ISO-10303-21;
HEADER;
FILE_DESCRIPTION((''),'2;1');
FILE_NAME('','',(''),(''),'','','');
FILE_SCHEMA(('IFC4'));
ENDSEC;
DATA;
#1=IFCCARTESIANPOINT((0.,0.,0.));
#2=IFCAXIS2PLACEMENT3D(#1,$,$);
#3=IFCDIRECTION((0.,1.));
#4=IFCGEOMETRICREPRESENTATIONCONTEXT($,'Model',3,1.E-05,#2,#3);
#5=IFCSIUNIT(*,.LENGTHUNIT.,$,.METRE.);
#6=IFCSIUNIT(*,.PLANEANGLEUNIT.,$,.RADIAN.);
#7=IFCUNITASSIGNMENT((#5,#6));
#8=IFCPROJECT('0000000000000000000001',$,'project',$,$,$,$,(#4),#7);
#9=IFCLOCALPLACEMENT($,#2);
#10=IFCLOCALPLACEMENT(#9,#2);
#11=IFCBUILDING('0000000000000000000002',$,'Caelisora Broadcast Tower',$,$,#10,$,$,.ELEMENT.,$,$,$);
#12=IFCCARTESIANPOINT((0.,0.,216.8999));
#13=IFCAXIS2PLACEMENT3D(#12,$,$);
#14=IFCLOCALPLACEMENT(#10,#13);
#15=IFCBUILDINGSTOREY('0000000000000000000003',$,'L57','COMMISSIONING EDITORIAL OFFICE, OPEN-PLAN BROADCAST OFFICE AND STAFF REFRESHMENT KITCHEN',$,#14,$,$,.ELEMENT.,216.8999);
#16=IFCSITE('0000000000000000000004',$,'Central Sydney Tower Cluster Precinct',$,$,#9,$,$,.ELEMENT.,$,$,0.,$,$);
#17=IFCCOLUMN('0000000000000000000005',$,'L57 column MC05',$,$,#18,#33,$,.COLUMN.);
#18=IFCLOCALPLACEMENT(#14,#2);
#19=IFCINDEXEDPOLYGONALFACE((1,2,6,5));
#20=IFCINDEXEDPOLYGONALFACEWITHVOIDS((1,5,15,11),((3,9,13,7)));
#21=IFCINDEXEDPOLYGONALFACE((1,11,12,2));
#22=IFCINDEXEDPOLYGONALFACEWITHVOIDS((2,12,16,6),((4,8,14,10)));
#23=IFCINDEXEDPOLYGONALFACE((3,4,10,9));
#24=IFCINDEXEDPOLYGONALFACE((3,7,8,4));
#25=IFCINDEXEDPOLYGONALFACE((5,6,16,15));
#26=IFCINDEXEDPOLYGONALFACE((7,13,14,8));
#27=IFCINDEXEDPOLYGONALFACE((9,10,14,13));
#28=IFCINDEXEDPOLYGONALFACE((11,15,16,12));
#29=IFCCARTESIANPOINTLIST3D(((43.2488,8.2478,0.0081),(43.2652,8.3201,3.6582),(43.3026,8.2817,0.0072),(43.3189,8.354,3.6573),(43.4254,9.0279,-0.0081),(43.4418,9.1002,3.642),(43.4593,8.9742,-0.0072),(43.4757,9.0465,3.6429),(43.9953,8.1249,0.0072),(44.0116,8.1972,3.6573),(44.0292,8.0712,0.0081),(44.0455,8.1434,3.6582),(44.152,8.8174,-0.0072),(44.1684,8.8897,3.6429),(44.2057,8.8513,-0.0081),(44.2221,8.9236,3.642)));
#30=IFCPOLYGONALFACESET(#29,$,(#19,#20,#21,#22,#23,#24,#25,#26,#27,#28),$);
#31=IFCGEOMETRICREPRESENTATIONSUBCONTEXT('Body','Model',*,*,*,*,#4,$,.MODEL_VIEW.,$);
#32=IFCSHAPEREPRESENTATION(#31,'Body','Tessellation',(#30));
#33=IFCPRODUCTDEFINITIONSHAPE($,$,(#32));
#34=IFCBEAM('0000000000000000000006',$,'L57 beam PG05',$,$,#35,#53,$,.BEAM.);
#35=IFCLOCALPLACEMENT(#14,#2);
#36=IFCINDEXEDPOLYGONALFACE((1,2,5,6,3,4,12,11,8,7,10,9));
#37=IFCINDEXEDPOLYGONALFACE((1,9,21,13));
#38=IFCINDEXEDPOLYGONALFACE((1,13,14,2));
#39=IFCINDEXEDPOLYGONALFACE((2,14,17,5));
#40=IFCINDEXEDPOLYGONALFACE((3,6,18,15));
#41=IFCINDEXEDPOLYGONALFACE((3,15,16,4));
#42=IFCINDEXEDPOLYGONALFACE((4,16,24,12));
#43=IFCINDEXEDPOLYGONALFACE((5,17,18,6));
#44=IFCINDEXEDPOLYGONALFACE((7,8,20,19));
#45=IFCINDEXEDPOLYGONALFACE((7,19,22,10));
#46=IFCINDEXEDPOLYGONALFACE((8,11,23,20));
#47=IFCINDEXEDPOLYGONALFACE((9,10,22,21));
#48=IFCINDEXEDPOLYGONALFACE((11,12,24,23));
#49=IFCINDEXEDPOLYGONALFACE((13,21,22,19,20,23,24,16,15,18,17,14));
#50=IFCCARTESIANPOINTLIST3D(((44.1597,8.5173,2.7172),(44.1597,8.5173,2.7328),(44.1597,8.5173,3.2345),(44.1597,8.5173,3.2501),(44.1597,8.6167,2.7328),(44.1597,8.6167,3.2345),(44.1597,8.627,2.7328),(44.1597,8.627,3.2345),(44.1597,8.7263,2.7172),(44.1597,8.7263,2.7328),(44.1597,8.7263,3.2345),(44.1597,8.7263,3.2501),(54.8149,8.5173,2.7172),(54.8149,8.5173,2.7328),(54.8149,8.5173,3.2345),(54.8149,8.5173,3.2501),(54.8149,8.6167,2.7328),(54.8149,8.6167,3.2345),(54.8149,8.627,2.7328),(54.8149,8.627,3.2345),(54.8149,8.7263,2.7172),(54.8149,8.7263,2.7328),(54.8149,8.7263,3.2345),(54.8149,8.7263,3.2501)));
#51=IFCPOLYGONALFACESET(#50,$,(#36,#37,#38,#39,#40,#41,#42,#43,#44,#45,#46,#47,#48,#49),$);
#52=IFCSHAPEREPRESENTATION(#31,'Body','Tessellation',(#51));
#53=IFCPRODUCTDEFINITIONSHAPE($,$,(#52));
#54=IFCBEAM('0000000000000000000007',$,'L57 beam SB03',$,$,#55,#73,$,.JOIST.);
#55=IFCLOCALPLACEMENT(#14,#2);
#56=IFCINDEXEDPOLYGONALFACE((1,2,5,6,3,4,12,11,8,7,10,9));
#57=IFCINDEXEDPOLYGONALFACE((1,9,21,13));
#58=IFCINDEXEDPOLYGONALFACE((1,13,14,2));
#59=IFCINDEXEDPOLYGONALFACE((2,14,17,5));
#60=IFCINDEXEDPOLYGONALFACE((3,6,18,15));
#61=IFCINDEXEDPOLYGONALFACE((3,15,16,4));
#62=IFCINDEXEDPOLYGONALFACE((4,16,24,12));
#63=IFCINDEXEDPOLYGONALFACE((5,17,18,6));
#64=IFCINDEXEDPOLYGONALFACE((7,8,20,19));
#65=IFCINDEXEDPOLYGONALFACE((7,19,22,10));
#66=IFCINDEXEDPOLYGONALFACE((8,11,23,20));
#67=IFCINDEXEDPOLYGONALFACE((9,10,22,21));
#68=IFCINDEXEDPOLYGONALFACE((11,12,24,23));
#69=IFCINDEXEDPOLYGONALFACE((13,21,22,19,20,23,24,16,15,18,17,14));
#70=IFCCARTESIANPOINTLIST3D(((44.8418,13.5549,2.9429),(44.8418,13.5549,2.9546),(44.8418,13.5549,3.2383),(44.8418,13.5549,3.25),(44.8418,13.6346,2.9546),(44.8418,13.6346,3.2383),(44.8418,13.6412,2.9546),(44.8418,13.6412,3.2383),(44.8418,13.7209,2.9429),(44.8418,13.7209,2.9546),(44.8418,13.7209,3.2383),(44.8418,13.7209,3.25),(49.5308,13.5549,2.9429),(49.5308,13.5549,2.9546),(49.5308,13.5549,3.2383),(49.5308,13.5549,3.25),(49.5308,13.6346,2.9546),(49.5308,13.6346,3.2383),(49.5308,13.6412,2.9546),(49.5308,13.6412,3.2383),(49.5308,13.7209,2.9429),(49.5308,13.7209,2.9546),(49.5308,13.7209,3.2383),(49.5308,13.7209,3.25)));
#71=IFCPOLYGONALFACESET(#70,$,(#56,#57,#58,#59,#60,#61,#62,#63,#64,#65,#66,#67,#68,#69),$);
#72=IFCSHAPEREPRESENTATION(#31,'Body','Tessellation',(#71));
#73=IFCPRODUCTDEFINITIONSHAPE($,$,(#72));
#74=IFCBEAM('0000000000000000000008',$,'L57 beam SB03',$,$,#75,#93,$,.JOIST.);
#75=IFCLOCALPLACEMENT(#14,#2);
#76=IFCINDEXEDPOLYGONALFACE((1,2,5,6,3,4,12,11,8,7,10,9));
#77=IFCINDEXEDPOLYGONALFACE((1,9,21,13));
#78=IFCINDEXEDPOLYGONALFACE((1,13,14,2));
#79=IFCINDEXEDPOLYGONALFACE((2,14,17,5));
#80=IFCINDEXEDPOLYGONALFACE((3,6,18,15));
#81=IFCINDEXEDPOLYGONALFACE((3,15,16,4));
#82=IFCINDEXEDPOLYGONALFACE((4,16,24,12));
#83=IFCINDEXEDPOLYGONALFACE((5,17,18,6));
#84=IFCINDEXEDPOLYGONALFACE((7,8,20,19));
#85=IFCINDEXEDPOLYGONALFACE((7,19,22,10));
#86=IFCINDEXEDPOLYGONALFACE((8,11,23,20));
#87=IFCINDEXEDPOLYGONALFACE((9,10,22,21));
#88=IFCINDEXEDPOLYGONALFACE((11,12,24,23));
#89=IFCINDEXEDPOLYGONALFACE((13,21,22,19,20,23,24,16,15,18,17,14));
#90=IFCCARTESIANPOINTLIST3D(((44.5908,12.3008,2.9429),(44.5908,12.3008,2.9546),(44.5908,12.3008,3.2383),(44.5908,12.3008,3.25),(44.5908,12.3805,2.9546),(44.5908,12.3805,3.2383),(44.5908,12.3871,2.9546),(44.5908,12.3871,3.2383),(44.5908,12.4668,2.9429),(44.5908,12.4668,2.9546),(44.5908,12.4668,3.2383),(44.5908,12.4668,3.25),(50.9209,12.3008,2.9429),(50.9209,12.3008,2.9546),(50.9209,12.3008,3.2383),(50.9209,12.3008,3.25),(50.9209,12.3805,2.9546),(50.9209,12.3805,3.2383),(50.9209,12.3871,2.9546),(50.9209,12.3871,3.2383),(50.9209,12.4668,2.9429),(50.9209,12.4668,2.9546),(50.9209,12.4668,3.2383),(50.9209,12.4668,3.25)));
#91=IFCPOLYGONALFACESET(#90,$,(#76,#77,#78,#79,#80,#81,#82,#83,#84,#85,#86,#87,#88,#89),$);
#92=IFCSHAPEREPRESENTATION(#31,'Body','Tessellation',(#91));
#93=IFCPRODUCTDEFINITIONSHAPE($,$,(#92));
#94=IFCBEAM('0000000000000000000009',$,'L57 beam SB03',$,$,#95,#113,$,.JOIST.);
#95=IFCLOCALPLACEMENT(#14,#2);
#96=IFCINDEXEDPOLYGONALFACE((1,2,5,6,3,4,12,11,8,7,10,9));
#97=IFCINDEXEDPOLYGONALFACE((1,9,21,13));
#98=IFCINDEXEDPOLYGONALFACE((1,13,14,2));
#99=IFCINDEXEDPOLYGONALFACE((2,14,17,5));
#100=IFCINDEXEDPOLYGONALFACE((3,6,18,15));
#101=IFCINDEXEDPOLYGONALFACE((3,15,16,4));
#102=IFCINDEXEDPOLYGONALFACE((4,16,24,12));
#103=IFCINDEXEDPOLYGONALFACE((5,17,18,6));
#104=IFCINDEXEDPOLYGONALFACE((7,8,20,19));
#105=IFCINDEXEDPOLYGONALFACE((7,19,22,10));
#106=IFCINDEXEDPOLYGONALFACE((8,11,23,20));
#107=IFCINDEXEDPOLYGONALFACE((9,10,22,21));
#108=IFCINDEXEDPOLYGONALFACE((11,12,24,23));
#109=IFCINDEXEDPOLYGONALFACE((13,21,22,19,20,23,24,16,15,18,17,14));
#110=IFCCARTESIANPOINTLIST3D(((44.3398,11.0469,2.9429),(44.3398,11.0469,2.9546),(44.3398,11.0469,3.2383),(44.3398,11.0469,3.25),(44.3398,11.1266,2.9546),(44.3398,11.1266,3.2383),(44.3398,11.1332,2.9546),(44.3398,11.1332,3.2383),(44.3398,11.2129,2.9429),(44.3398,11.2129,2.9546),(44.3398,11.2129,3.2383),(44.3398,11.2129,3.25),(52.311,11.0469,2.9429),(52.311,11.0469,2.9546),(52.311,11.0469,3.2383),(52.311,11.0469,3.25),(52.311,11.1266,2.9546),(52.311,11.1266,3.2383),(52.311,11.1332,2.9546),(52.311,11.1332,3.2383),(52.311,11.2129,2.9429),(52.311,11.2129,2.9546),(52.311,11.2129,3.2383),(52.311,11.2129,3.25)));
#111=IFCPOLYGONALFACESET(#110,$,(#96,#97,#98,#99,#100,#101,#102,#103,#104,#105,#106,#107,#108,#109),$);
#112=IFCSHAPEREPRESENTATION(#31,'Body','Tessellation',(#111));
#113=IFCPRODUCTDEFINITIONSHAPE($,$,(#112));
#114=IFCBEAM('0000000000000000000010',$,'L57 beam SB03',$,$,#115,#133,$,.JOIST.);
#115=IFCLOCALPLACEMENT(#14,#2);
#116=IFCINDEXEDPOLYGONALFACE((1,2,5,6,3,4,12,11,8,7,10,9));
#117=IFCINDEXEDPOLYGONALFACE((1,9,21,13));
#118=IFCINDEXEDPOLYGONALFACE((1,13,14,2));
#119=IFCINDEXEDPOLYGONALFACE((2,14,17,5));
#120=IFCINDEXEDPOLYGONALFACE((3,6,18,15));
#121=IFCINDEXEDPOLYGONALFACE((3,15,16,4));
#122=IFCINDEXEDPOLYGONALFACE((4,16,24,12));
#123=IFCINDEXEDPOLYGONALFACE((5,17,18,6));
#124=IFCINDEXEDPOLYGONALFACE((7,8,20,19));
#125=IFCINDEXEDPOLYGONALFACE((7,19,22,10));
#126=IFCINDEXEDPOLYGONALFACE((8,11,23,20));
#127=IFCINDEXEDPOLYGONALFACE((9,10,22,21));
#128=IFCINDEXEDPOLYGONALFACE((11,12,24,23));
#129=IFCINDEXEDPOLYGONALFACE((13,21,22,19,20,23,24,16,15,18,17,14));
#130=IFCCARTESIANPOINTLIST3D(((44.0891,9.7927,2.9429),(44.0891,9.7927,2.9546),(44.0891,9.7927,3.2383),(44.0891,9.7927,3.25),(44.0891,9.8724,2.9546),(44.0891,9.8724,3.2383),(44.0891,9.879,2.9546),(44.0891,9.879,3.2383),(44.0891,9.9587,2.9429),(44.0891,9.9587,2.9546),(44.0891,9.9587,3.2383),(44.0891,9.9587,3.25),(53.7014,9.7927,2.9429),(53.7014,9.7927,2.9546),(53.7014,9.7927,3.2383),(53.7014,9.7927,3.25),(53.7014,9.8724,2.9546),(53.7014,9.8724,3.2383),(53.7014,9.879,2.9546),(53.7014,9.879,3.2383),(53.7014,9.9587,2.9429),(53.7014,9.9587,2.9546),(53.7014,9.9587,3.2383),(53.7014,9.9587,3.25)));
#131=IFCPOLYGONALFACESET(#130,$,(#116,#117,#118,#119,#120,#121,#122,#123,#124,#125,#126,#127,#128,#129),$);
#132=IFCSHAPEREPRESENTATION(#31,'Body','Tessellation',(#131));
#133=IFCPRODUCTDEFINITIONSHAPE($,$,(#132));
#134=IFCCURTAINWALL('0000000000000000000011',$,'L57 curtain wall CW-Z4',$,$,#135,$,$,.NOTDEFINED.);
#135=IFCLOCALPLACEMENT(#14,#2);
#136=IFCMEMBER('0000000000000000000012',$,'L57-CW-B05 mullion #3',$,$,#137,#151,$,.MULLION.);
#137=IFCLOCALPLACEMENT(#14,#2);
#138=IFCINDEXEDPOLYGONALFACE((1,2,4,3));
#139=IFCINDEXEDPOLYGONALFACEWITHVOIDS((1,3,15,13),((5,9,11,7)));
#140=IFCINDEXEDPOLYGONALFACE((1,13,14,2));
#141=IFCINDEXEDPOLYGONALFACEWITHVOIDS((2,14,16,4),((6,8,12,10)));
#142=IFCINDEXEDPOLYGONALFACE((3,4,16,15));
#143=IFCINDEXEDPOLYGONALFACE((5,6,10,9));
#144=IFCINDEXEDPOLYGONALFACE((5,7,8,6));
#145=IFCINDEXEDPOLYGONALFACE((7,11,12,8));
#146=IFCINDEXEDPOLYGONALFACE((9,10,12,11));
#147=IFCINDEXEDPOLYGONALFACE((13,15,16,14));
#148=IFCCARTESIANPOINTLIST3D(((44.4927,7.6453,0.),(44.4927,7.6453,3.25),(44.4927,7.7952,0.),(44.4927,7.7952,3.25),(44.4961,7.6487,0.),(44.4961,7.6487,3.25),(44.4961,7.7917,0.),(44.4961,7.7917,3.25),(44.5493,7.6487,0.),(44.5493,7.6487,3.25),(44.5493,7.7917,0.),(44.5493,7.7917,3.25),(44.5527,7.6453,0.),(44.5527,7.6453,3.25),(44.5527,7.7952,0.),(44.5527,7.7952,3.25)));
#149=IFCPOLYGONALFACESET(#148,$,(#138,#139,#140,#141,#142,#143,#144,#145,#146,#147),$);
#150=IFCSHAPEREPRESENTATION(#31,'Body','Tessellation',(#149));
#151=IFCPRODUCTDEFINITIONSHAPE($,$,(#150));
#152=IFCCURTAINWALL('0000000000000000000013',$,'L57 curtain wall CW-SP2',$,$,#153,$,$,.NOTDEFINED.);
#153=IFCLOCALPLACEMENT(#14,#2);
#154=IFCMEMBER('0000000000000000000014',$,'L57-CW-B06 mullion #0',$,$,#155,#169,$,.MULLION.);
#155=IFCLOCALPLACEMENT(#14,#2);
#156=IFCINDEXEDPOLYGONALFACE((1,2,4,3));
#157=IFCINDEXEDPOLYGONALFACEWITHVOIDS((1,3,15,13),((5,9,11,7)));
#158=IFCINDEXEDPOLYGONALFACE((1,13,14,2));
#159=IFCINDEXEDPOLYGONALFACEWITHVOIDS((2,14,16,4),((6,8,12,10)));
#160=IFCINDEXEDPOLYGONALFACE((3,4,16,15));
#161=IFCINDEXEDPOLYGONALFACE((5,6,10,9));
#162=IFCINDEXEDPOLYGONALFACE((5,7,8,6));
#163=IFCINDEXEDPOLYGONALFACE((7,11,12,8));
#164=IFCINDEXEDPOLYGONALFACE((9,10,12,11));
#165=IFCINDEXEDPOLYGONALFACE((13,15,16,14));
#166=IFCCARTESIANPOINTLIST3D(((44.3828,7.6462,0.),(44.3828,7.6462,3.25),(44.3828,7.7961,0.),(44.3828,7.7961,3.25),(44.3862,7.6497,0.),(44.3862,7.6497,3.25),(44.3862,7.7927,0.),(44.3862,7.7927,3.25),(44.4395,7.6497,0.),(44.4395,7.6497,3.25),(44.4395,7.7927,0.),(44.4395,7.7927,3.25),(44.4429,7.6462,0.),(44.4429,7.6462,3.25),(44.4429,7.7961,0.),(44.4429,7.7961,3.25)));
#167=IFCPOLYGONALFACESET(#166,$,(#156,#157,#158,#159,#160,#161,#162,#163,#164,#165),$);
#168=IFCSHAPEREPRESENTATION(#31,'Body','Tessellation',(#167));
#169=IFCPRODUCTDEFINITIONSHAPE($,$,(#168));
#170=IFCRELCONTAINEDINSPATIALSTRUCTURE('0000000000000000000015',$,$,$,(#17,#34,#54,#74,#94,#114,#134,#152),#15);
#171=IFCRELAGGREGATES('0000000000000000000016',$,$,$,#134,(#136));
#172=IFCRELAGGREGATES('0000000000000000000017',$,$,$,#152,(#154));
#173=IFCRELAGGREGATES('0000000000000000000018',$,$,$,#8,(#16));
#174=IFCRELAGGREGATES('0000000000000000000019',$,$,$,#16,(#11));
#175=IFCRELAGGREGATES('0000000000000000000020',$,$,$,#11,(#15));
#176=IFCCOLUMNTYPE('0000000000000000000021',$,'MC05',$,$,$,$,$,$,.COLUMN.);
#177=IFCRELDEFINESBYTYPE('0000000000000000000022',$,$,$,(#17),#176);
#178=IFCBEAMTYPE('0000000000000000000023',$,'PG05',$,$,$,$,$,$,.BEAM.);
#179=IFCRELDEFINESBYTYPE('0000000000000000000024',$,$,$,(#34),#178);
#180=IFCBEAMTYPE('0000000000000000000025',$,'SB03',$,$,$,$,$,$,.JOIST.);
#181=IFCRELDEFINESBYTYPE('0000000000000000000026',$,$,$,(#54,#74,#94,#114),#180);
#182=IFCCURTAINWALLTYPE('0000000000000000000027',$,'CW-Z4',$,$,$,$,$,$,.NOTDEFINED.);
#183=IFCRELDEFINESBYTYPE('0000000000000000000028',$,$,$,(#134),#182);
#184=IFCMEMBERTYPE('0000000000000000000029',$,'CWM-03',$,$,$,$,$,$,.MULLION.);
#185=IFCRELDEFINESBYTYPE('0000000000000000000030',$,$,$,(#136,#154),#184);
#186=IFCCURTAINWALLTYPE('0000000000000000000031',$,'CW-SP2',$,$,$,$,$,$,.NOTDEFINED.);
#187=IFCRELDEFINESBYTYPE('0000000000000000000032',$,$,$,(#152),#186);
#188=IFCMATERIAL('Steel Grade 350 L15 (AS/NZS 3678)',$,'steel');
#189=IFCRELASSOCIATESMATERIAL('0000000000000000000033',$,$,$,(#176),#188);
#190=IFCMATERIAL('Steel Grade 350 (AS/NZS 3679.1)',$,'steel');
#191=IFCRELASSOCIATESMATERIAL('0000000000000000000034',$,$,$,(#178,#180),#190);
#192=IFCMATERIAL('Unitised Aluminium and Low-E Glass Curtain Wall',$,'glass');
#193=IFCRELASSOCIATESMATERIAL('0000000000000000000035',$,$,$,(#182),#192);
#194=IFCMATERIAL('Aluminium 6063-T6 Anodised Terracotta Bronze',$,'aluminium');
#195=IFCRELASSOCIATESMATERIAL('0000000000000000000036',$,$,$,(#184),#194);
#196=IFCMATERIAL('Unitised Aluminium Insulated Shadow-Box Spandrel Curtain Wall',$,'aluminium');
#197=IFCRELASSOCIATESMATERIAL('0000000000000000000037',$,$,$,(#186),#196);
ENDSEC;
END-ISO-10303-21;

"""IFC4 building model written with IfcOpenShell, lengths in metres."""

from ifc_helpers import new_model, si_unit, direction, frame, origin, origin_2d, place, context, subcontext, project, spatial, hollow_rectangle, i_section, extrude, source, transform, mapped, material, material_profile, profile_set, type_object, type_shapes, element, aggregate, save


model = new_model("IFC4")

# Units and contexts
model_context = context("Model", 3, precision=1e-05, world=origin(), true_north=direction((0.0, 1.0)))
body_context = subcontext(model_context, "Body", "Model", "MODEL_VIEW")
ifc_project = project(units=[si_unit("LENGTHUNIT", "METRE"), si_unit("PLANEANGLEUNIT", "RADIAN")], contexts=[model_context])

# Site, building, storey
site_placement = place(None, origin())
site = spatial("IfcSite", under=ifc_project, at=site_placement, Name="Central Sydney Tower Cluster Precinct", CompositionType="ELEMENT", RefElevation=0.0)
building_placement = place(site_placement, origin())
building = spatial("IfcBuilding", under=site, at=building_placement, Name="Caelisora Broadcast Tower", CompositionType="ELEMENT")
storey_placement = place(building_placement, frame((0.0, 0.0, 216.8999)))
storey = spatial("IfcBuildingStorey", under=building, at=storey_placement, Name="L57", Description="COMMISSIONING EDITORIAL OFFICE, OPEN-PLAN BROADCAST OFFICE AND STAFF REFRESHMENT KITCHEN", CompositionType="ELEMENT", Elevation=216.8999)

# Column
ifc_material_1 = material(Name="Steel Grade 350 L15 (AS/NZS 3678)", Category="steel")
ifc_material_profile_1 = material_profile(ifc_material_1, hollow_rectangle(XDim=0.8, YDim=0.8, WallThickness=0.0449, at=origin_2d()), Name="Steel Grade 350 L15 (AS/NZS 3678)")
ifc_profile_set_1 = profile_set([ifc_material_profile_1], Name="Steel Grade 350 L15 (AS/NZS 3678)")
column_type = type_object("IfcColumnType", Name="MC05", PredefinedType="COLUMN", material=ifc_profile_set_1)
shared_shape_1 = source(origin(), body_context, "Body", "SweptSolid", [
    extrude(hollow_rectangle(XDim=0.8, YDim=0.8, WallThickness=0.0449, at=origin_2d()), origin(), (0.0, 0.0, 1.0), 3.6509),
])
type_shapes(column_type, [shared_shape_1])
column_placement = place(storey_placement, frame((43.7273, 8.5496, 0.0), z_axis=(0.00448, 0.019794, 0.999794), x_axis=(-0.975327, 0.220767, 0.0)))
element("IfcColumn", 1, at=column_placement, inside=storey, type_object=column_type, Name="L57 column MC05", PredefinedType="COLUMN", context=body_context, shape_type="MappedRepresentation", body=[
    mapped(shared_shape_1, transform((0.0, 0.0, 0.0), scale=1.0)),
])

# Beams
ifc_material_2 = material(Name="Steel Grade 350 (AS/NZS 3679.1)", Category="steel")
ifc_material_profile_2 = material_profile(ifc_material_2, i_section(OverallWidth=0.209, OverallDepth=0.533, WebThickness=0.0103, FlangeThickness=0.0156, at=origin_2d()), Name="Steel Grade 350 (AS/NZS 3679.1)")
ifc_profile_set_2 = profile_set([ifc_material_profile_2], Name="Steel Grade 350 (AS/NZS 3679.1)")
beam_type_1 = type_object("IfcBeamType", Name="PG05", PredefinedType="BEAM", material=ifc_profile_set_2)
shared_shape_2 = source(origin(), body_context, "Body", "SweptSolid", [
    extrude(i_section(OverallWidth=0.209, OverallDepth=0.533, WebThickness=0.0103, FlangeThickness=0.0156, at=origin_2d()), origin(), (0.0, 0.0, 1.0), 10.6553),
])
type_shapes(beam_type_1, [shared_shape_2])
beam_1_placement = place(storey_placement, frame((44.1597, 8.6218, 2.9836), z_axis=(1.0, 0.0, 0.0), x_axis=(0.0, 1.0, 0.0)))
element("IfcBeam", 2, at=beam_1_placement, inside=storey, type_object=beam_type_1, Name="L57 beam PG05", PredefinedType="BEAM", context=body_context, shape_type="MappedRepresentation", body=[
    mapped(shared_shape_2, transform((0.0, 0.0, 0.0), scale=1.0)),
])
ifc_material_profile_3 = material_profile(ifc_material_2, i_section(OverallWidth=0.166, OverallDepth=0.3071, WebThickness=0.0066, FlangeThickness=0.0117, at=origin_2d()), Name="Steel Grade 350 (AS/NZS 3679.1)")
ifc_profile_set_3 = profile_set([ifc_material_profile_3], Name="Steel Grade 350 (AS/NZS 3679.1)")
beam_type_2 = type_object("IfcBeamType", Name="SB03", PredefinedType="JOIST", material=ifc_profile_set_3)
shared_shape_3 = source(origin(), body_context, "Body", "SweptSolid", [
    extrude(i_section(OverallWidth=0.166, OverallDepth=0.3071, WebThickness=0.0066, FlangeThickness=0.0117, at=origin_2d()), origin(), (0.0, 0.0, 1.0), 4.689),
])
beam_2_placement = place(storey_placement, frame((44.8418, 13.6379, 3.0964), z_axis=(1.0, 0.0, 0.0), x_axis=(0.0, 1.0, 0.0)))
element("IfcBeam", 3, at=beam_2_placement, inside=storey, type_object=beam_type_2, Name="L57 beam SB03", PredefinedType="JOIST", context=body_context, shape_type="MappedRepresentation", body=[
    mapped(shared_shape_3, transform((0.0, 0.0, 0.0), scale=1.0)),
])
shared_shape_4 = source(origin(), body_context, "Body", "SweptSolid", [
    extrude(i_section(OverallWidth=0.166, OverallDepth=0.3071, WebThickness=0.0066, FlangeThickness=0.0117, at=origin_2d()), origin(), (0.0, 0.0, 1.0), 6.3301),
])
beam_3_placement = place(storey_placement, frame((44.5908, 12.3838, 3.0964), z_axis=(1.0, 0.0, 0.0), x_axis=(0.0, 1.0, 0.0)))
element("IfcBeam", 4, at=beam_3_placement, inside=storey, type_object=beam_type_2, Name="L57 beam SB03", PredefinedType="JOIST", context=body_context, shape_type="MappedRepresentation", body=[
    mapped(shared_shape_4, transform((0.0, 0.0, 0.0), scale=1.0)),
])
shared_shape_5 = source(origin(), body_context, "Body", "SweptSolid", [
    extrude(i_section(OverallWidth=0.166, OverallDepth=0.3071, WebThickness=0.0066, FlangeThickness=0.0117, at=origin_2d()), origin(), (0.0, 0.0, 1.0), 7.9712),
])
beam_4_placement = place(storey_placement, frame((44.3398, 11.1299, 3.0964), z_axis=(1.0, 0.0, 0.0), x_axis=(0.0, 1.0, 0.0)))
element("IfcBeam", 5, at=beam_4_placement, inside=storey, type_object=beam_type_2, Name="L57 beam SB03", PredefinedType="JOIST", context=body_context, shape_type="MappedRepresentation", body=[
    mapped(shared_shape_5, transform((0.0, 0.0, 0.0), scale=1.0)),
])
shared_shape_6 = source(origin(), body_context, "Body", "SweptSolid", [
    extrude(i_section(OverallWidth=0.166, OverallDepth=0.3071, WebThickness=0.0066, FlangeThickness=0.0117, at=origin_2d()), origin(), (0.0, 0.0, 1.0), 9.6123),
])
type_shapes(beam_type_2, [shared_shape_3, shared_shape_4, shared_shape_5, shared_shape_6])
beam_5_placement = place(storey_placement, frame((44.0891, 9.8757, 3.0964), z_axis=(1.0, 0.0, 0.0), x_axis=(0.0, 1.0, 0.0)))
element("IfcBeam", 6, at=beam_5_placement, inside=storey, type_object=beam_type_2, Name="L57 beam SB03", PredefinedType="JOIST", context=body_context, shape_type="MappedRepresentation", body=[
    mapped(shared_shape_6, transform((0.0, 0.0, 0.0), scale=1.0)),
])

# Curtain wall, member
ifc_material_3 = material(Name="Unitised Aluminium and Low-E Glass Curtain Wall", Category="glass")
curtain_wall_type_1 = type_object("IfcCurtainWallType", Name="CW-Z4", PredefinedType="NOTDEFINED", material=ifc_material_3)
curtain_wall_1_placement = place(storey_placement, origin())
curtain_wall_1 = element("IfcCurtainWall", 7, at=curtain_wall_1_placement, inside=storey, type_object=curtain_wall_type_1, Name="L57 curtain wall CW-Z4", PredefinedType="NOTDEFINED")
ifc_material_4 = material(Name="Aluminium 6063-T6 Anodised Terracotta Bronze", Category="aluminium")
ifc_material_profile_4 = material_profile(ifc_material_4, hollow_rectangle(XDim=0.0601, YDim=0.1499, WallThickness=0.0034, at=origin_2d()), Name="Aluminium 6063-T6 Anodised Terracotta Bronze")
ifc_profile_set_4 = profile_set([ifc_material_profile_4], Name="Aluminium 6063-T6 Anodised Terracotta Bronze")
member_type_1 = type_object("IfcMemberType", Name="CWM-03", PredefinedType="MULLION", material=ifc_profile_set_4)
shared_shape_7 = source(origin(), body_context, "Body", "SweptSolid", [
    extrude(hollow_rectangle(XDim=0.0601, YDim=0.1499, WallThickness=0.0034, at=origin_2d()), origin(), (0.0, 0.0, 1.0), 3.25),
])
type_shapes(member_type_1, [shared_shape_7])
member_1_placement = place(storey_placement, frame((44.5227, 7.7202, 0.0), z_axis=(0.0, 0.0, 1.0), x_axis=(1.0, 0.0, 0.0)))
member_1 = element("IfcMember", 8, at=member_1_placement, type_object=member_type_1, Name="L57-CW-B05 mullion #3", PredefinedType="MULLION", context=body_context, shape_type="MappedRepresentation", body=[
    mapped(shared_shape_7, transform((0.0, 0.0, 0.0), scale=1.0)),
])
aggregate(curtain_wall_1, [member_1])

# Curtain wall, member
ifc_material_5 = material(Name="Unitised Aluminium Insulated Shadow-Box Spandrel Curtain Wall", Category="aluminium")
curtain_wall_type_2 = type_object("IfcCurtainWallType", Name="CW-SP2", PredefinedType="NOTDEFINED", material=ifc_material_5)
curtain_wall_2_placement = place(storey_placement, origin())
curtain_wall_2 = element("IfcCurtainWall", 9, at=curtain_wall_2_placement, inside=storey, type_object=curtain_wall_type_2, Name="L57 curtain wall CW-SP2", PredefinedType="NOTDEFINED")
member_2_placement = place(storey_placement, frame((44.4128, 7.7212, 0.0), z_axis=(0.0, 0.0, 1.0), x_axis=(1.0, 0.0, 0.0)))
member_2 = element("IfcMember", 10, at=member_2_placement, type_object=member_type_1, Name="L57-CW-B06 mullion #0", PredefinedType="MULLION", context=body_context, shape_type="MappedRepresentation", body=[
    mapped(shared_shape_7, transform((0.0, 0.0, 0.0), scale=1.0)),
])

aggregate(curtain_wall_2, [member_2])

save(model, "model.ifc")
